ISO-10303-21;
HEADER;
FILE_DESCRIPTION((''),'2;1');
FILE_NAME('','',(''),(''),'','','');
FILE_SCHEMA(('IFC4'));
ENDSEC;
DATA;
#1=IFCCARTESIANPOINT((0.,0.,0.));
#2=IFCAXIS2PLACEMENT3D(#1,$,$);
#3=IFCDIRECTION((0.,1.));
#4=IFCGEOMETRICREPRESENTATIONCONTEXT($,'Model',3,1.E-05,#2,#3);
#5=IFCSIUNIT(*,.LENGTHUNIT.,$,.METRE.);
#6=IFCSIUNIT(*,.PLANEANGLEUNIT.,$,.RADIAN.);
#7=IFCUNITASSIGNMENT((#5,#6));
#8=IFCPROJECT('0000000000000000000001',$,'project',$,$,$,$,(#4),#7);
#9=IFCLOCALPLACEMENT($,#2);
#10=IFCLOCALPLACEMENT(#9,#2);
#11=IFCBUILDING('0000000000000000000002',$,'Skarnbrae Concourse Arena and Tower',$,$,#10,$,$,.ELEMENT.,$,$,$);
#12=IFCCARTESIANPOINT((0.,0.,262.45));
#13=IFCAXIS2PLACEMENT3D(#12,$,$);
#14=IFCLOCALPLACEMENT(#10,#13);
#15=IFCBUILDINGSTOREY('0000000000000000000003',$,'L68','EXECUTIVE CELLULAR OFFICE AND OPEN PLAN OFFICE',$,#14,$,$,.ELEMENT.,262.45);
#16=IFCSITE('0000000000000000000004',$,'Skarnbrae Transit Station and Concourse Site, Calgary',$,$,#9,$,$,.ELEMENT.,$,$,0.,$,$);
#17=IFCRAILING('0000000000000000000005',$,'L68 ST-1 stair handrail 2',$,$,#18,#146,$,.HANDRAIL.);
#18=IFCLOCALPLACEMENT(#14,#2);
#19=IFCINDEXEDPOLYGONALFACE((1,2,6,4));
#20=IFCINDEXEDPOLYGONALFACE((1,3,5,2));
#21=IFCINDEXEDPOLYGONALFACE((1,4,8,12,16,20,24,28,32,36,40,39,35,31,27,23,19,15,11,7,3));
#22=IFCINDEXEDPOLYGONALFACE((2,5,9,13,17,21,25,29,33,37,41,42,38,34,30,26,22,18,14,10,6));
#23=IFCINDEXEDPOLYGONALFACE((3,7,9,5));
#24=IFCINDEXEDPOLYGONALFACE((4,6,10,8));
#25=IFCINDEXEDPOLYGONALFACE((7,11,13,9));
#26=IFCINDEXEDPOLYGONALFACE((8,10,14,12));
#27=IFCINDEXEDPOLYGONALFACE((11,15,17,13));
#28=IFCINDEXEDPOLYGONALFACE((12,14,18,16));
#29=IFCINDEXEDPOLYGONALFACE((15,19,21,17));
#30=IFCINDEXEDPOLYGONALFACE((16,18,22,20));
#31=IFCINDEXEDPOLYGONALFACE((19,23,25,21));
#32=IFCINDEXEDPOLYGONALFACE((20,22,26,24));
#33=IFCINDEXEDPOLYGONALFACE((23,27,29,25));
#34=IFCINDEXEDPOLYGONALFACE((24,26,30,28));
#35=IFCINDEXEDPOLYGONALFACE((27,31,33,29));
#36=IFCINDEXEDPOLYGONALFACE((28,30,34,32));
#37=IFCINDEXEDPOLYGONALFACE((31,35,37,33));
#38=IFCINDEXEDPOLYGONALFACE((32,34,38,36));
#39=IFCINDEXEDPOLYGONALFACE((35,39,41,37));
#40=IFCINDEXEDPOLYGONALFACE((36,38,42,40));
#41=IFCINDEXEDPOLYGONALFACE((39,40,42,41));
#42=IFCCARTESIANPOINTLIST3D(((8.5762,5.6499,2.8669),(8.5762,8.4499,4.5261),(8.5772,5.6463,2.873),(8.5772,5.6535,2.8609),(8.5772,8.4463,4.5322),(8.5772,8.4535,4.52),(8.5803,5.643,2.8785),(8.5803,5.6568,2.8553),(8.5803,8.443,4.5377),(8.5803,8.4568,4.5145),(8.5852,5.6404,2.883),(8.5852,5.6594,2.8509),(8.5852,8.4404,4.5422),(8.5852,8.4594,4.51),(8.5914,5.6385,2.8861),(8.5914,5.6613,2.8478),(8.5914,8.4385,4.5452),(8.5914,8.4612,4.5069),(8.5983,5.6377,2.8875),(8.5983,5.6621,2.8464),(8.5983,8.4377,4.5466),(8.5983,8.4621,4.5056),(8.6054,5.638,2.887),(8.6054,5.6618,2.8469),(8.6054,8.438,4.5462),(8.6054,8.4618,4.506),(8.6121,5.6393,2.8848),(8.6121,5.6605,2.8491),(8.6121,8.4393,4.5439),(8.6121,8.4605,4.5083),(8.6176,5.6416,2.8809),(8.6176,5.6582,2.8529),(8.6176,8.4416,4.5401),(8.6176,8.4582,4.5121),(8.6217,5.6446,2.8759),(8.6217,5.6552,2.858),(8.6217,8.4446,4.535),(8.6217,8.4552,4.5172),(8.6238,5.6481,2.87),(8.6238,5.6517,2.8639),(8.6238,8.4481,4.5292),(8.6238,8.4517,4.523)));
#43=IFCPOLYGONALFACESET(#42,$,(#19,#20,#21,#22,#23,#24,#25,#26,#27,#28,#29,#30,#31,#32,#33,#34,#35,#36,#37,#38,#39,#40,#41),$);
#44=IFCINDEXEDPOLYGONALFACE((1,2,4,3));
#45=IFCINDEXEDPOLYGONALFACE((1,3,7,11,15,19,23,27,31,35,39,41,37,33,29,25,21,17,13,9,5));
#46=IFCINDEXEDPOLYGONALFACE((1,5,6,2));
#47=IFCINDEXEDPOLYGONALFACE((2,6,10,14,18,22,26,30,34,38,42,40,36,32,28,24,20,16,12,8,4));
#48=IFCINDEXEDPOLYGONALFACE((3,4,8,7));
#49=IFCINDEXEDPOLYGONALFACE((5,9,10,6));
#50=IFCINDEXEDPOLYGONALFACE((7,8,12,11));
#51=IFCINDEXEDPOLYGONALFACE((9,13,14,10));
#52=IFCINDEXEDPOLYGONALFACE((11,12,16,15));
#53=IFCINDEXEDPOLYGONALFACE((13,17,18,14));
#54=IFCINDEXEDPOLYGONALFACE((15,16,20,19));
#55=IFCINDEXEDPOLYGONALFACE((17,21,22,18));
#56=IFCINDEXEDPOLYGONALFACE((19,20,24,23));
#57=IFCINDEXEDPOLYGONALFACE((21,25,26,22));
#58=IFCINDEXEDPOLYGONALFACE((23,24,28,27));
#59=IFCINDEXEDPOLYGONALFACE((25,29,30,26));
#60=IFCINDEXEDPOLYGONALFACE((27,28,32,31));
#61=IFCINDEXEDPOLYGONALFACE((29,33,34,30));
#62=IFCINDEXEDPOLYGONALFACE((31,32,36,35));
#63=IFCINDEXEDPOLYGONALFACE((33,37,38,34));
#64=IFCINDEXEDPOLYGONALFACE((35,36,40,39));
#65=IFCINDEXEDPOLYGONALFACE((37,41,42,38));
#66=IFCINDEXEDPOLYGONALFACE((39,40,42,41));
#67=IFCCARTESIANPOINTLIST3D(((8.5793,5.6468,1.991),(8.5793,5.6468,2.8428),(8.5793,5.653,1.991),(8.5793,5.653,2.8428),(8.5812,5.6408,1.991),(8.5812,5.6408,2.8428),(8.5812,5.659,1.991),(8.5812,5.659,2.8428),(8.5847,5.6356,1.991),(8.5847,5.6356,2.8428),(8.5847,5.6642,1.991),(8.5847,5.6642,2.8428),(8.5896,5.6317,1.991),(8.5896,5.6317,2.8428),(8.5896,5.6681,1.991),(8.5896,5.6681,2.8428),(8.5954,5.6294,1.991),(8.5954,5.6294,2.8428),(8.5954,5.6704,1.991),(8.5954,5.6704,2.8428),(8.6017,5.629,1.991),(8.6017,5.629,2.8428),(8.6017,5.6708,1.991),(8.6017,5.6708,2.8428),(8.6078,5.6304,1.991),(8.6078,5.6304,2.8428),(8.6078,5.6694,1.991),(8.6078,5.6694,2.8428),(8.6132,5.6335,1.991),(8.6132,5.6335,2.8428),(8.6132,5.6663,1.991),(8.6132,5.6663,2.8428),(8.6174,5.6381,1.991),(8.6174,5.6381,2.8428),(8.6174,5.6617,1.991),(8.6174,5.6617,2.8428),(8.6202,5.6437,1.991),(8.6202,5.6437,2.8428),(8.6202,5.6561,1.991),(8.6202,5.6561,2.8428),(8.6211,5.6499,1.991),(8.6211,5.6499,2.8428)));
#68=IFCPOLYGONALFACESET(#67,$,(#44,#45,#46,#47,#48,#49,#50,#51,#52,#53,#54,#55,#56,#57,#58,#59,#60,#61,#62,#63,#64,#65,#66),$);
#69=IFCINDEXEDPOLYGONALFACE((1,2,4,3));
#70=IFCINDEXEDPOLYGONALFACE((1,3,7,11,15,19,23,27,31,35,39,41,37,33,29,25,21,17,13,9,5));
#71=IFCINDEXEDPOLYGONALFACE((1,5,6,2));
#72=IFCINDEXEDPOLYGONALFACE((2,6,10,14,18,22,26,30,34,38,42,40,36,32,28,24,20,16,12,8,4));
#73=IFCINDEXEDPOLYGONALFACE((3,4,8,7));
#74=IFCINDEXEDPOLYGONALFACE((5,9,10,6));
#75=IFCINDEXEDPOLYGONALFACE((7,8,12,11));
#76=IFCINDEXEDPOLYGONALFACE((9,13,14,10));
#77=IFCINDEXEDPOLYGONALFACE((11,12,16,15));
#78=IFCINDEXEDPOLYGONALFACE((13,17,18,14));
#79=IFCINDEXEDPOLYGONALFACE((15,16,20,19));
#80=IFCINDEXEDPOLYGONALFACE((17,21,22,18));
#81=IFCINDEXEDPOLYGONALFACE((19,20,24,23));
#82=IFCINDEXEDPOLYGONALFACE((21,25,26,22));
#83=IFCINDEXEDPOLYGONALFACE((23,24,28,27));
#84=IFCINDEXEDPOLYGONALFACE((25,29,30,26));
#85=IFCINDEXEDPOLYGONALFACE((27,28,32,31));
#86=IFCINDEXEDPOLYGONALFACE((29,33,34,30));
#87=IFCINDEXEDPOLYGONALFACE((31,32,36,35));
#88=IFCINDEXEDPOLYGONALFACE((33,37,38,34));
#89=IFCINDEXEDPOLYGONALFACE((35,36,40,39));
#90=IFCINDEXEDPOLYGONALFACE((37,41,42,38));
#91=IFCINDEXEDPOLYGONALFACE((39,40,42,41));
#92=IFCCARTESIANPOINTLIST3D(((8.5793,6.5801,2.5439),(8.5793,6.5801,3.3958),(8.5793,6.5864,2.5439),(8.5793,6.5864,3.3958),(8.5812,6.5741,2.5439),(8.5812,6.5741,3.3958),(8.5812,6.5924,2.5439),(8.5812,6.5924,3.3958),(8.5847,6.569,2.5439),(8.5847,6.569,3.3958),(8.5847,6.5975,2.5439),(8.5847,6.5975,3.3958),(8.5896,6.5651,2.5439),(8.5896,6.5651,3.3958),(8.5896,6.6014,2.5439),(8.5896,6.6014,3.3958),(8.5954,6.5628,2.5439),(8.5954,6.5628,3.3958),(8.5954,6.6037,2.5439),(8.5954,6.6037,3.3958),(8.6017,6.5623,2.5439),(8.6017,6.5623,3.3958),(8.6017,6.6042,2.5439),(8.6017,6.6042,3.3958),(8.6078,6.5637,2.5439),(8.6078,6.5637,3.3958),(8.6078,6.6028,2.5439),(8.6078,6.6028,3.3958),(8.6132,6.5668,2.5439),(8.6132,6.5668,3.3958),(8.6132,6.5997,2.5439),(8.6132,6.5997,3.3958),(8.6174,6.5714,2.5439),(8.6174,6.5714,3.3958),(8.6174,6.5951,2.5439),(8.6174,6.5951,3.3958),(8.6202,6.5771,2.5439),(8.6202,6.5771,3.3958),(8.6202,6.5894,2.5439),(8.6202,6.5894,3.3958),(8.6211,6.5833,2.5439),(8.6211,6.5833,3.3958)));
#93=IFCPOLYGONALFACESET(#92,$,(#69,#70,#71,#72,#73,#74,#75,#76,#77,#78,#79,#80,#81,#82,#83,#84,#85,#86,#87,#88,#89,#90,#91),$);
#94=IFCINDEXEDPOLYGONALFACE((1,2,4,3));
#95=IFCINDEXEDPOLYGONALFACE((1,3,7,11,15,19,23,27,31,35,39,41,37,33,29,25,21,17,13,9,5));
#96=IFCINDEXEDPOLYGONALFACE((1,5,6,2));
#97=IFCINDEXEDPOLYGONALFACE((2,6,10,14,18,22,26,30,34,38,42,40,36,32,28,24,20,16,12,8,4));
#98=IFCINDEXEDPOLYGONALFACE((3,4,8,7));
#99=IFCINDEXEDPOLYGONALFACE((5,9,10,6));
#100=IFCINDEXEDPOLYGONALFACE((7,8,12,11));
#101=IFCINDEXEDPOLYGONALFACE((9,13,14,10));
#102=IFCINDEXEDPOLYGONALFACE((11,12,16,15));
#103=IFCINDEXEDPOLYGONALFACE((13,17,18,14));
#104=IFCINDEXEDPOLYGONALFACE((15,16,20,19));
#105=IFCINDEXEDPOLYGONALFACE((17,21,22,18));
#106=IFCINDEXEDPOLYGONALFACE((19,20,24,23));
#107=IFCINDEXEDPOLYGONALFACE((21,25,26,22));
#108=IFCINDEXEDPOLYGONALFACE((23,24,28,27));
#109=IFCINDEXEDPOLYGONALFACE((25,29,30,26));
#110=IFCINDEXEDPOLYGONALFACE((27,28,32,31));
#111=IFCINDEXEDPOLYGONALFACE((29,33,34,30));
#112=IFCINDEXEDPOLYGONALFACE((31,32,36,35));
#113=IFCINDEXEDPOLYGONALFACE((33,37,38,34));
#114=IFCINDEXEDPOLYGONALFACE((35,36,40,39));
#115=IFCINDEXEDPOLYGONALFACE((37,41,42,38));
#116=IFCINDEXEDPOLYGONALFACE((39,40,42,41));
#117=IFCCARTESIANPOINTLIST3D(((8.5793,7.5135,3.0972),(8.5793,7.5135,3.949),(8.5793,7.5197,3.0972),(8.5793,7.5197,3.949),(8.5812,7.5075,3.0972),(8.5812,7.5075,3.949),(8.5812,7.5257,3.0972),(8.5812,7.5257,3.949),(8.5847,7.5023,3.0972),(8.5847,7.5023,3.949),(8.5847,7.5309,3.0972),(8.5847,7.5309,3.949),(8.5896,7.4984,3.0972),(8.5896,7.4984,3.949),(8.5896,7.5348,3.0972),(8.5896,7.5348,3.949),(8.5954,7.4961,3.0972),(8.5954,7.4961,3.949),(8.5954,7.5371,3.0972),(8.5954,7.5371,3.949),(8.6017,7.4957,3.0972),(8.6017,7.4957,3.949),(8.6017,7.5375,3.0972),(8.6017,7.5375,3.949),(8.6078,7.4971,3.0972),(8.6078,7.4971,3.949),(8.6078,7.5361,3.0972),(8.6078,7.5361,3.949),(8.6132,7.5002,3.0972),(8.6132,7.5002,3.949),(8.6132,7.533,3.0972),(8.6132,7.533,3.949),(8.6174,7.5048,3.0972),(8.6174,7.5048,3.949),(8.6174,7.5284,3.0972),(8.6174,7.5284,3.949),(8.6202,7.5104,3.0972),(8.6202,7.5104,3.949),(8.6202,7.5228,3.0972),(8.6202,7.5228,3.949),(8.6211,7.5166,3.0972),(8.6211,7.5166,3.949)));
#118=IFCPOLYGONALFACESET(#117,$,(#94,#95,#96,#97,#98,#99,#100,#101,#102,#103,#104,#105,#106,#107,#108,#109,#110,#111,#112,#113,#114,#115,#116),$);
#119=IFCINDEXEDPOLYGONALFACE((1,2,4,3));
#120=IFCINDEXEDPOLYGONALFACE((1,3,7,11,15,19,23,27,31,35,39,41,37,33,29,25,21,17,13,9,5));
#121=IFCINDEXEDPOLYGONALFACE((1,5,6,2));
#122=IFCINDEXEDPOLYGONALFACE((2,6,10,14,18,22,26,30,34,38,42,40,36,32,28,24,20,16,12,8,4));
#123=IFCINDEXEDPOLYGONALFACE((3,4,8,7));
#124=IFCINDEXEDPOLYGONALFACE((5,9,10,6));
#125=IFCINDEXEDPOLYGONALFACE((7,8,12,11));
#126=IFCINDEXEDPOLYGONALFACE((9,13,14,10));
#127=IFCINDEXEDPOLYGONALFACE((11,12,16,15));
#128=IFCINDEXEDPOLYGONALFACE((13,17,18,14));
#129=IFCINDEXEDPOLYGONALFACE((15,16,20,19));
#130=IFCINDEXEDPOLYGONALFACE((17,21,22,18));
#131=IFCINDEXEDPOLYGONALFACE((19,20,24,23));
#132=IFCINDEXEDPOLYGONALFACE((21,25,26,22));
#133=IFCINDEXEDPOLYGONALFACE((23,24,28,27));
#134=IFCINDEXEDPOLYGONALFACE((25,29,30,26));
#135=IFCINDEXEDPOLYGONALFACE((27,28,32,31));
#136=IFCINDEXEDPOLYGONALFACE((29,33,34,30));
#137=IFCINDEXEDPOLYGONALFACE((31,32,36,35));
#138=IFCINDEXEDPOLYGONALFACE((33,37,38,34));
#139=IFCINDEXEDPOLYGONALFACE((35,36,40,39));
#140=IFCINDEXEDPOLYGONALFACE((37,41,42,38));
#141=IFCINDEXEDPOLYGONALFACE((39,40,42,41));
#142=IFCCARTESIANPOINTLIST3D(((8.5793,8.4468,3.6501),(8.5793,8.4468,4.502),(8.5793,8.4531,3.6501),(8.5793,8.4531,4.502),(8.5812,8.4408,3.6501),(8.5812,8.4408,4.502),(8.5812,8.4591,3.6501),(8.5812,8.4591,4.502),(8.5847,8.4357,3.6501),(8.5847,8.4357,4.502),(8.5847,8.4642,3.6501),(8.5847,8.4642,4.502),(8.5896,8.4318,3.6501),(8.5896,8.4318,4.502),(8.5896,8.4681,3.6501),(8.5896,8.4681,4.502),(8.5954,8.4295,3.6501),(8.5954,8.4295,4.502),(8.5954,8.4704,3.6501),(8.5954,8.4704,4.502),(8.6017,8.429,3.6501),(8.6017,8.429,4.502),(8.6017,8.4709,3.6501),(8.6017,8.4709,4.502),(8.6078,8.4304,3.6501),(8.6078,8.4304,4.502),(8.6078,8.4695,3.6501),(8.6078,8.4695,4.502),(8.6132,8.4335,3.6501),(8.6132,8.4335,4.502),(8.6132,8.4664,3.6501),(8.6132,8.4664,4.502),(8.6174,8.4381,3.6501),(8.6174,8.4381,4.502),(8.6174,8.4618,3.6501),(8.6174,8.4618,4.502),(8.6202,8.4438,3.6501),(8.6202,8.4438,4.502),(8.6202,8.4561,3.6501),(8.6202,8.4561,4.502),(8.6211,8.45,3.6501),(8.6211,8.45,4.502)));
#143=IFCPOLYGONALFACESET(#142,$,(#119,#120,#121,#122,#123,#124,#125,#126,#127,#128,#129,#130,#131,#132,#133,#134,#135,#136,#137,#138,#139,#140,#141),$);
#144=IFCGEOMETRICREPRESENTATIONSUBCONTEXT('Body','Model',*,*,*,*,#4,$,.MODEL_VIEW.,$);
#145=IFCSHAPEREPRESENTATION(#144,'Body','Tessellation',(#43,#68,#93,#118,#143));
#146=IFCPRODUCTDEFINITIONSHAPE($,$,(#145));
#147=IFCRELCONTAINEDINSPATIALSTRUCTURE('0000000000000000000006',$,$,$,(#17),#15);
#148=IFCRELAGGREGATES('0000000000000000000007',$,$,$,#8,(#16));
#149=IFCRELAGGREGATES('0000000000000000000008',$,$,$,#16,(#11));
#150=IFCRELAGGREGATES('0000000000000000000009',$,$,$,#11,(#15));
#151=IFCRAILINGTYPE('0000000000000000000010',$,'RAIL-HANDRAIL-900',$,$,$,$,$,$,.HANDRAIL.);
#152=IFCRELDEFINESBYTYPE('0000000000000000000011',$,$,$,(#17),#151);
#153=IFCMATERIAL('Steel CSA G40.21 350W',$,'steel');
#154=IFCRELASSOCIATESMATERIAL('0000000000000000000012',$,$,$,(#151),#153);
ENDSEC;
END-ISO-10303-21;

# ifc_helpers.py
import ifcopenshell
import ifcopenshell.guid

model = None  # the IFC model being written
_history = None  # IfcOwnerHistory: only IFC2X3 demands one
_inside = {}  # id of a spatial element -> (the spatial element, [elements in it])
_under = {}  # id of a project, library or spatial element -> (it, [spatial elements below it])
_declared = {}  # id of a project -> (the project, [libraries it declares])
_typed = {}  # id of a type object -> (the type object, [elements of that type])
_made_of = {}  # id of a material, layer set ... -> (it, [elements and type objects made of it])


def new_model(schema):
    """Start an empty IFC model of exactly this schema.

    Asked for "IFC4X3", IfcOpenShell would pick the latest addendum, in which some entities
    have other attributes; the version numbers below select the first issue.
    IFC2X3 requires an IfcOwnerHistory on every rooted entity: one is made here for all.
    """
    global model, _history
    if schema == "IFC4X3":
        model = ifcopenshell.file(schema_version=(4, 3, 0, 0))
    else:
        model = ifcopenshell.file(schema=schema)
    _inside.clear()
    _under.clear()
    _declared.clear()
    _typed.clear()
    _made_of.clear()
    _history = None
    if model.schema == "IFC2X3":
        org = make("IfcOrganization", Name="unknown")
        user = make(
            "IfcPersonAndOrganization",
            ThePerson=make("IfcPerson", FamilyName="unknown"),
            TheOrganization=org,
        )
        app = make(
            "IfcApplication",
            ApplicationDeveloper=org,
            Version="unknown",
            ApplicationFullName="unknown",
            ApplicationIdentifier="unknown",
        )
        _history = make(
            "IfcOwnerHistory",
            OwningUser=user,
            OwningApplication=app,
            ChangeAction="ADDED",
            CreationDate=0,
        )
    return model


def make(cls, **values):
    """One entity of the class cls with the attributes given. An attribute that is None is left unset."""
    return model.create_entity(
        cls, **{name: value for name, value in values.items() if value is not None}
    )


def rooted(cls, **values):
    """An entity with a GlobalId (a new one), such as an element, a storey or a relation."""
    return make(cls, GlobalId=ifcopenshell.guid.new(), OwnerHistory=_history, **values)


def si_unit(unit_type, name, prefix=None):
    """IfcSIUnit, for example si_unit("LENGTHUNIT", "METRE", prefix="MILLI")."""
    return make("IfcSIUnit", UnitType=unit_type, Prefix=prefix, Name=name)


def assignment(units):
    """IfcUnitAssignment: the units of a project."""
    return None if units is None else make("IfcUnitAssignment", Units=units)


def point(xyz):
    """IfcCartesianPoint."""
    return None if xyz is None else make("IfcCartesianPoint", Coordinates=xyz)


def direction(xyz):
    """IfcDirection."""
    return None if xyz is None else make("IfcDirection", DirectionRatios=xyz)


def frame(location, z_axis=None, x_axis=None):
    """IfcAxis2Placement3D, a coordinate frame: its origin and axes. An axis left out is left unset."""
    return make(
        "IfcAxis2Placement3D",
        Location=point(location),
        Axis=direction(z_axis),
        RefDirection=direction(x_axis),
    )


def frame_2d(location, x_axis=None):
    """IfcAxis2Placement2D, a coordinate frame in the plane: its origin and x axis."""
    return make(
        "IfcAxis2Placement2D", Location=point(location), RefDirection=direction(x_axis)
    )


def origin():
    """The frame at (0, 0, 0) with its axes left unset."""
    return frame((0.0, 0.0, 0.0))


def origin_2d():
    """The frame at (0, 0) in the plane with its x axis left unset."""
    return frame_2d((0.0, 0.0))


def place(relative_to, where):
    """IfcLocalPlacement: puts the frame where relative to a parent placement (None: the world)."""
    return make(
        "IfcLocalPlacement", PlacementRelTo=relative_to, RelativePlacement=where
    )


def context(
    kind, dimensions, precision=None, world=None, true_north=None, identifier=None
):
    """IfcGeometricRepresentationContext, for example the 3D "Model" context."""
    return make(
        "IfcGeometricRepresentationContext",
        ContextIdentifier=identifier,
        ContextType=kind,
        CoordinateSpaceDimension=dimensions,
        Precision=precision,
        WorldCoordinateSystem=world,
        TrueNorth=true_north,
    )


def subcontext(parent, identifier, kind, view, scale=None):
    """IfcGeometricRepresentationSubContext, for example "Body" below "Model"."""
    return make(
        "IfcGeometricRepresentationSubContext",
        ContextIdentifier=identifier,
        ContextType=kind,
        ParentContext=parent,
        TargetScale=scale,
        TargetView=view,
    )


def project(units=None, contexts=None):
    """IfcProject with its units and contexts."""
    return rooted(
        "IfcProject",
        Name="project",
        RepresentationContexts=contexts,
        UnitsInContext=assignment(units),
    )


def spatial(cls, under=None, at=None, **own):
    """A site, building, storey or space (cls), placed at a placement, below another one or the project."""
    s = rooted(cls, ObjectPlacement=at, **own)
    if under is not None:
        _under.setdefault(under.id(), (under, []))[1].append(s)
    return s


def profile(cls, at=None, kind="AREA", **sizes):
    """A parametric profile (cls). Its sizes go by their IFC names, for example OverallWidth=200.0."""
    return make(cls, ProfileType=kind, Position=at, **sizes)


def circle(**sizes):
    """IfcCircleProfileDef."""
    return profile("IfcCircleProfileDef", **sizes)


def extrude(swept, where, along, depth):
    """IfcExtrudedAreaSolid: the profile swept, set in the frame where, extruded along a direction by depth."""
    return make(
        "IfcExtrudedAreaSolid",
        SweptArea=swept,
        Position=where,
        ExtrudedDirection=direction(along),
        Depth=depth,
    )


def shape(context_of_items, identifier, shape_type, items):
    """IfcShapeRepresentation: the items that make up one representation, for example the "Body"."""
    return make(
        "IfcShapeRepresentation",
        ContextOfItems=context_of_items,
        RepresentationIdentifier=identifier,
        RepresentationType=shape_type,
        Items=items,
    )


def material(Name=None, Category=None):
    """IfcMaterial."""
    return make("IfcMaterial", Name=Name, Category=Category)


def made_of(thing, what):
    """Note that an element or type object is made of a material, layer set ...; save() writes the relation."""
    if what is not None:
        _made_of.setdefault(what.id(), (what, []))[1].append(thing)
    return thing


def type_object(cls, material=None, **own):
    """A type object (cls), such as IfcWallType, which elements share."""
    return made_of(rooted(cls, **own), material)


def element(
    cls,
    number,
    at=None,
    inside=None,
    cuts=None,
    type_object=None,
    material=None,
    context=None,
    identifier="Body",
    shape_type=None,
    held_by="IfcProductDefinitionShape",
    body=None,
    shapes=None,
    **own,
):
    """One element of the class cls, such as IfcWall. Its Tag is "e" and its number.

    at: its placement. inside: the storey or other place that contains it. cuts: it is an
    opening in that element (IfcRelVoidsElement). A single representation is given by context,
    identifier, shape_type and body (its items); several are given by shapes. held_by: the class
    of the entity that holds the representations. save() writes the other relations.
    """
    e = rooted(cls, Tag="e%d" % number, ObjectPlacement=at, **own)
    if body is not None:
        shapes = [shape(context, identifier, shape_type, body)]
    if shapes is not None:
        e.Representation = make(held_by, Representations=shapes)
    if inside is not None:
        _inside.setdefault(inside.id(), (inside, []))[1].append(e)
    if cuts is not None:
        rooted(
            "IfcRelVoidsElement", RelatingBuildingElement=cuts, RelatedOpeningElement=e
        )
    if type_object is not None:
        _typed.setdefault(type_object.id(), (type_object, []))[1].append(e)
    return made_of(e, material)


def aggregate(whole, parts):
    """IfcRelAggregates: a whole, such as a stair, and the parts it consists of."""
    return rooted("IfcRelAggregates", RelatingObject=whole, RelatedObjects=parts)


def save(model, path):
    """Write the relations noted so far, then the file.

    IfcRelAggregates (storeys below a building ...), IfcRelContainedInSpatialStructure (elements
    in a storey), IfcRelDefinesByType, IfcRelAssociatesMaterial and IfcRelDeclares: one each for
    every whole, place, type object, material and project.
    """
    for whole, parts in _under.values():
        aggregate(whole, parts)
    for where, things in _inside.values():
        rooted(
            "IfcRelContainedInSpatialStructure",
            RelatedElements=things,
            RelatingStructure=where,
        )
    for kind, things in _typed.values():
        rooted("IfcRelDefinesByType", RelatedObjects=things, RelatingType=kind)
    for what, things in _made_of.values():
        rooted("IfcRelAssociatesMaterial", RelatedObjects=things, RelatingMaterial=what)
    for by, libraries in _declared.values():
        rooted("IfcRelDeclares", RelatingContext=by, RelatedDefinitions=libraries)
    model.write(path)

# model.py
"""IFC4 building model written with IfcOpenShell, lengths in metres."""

from ifc_helpers import new_model, si_unit, direction, frame, origin, origin_2d, place, context, subcontext, project, spatial, circle, extrude, material, type_object, element, save


model = new_model("IFC4")

# Units and contexts
model_context = context("Model", 3, precision=1e-05, world=origin(), true_north=direction((0.0, 1.0)))
body_context = subcontext(model_context, "Body", "Model", "MODEL_VIEW")
ifc_project = project(units=[si_unit("LENGTHUNIT", "METRE"), si_unit("PLANEANGLEUNIT", "RADIAN")], contexts=[model_context])

# Site, building, storey
site_placement = place(None, origin())
site = spatial("IfcSite", under=ifc_project, at=site_placement, Name="Skarnbrae Transit Station and Concourse Site, Calgary", CompositionType="ELEMENT", RefElevation=0.0)
building_placement = place(site_placement, origin())
building = spatial("IfcBuilding", under=site, at=building_placement, Name="Skarnbrae Concourse Arena and Tower", CompositionType="ELEMENT")
storey_placement = place(building_placement, frame((0.0, 0.0, 262.45)))
storey = spatial("IfcBuildingStorey", under=building, at=storey_placement, Name="L68", Description="EXECUTIVE CELLULAR OFFICE AND OPEN PLAN OFFICE", CompositionType="ELEMENT", Elevation=262.45)

# Shared definitions
ifc_material_1 = material(Name="Steel CSA G40.21 350W", Category="steel")

# Railing
railing_type_1 = type_object("IfcRailingType", Name="RAIL-HANDRAIL-900", PredefinedType="HANDRAIL", material=ifc_material_1)
railing_1_placement = place(storey_placement, frame((8.6001, 5.6499, 1.991)))
element("IfcRailing", 1, at=railing_1_placement, inside=storey, type_object=railing_type_1, Name="L68 ST-1 stair handrail 2", PredefinedType="HANDRAIL", context=body_context, shape_type="SweptSolid", body=[
    extrude(circle(Radius=0.0239, at=origin_2d()), frame((0.0, 0.0, 0.876), z_axis=(0.0, 0.860306, 0.509778), x_axis=(-1.0, 0.0, 0.0)), (0.0, 0.0, 1.0), 3.2546),
    extrude(circle(Radius=0.021, at=origin_2d()), origin(), (0.0, 0.0, 1.0), 0.8518),
    extrude(circle(Radius=0.021, at=origin_2d()), frame((0.0, 0.9333, 0.553)), (0.0, 0.0, 1.0), 0.8518),
    extrude(circle(Radius=0.021, at=origin_2d()), frame((0.0, 1.8667, 1.1062)), (0.0, 0.0, 1.0), 0.8518),
    extrude(circle(Radius=0.021, at=origin_2d()), frame((0.0, 2.8, 1.6592)), (0.0, 0.0, 1.0), 0.8518),
])

save(model, "model.ifc")
